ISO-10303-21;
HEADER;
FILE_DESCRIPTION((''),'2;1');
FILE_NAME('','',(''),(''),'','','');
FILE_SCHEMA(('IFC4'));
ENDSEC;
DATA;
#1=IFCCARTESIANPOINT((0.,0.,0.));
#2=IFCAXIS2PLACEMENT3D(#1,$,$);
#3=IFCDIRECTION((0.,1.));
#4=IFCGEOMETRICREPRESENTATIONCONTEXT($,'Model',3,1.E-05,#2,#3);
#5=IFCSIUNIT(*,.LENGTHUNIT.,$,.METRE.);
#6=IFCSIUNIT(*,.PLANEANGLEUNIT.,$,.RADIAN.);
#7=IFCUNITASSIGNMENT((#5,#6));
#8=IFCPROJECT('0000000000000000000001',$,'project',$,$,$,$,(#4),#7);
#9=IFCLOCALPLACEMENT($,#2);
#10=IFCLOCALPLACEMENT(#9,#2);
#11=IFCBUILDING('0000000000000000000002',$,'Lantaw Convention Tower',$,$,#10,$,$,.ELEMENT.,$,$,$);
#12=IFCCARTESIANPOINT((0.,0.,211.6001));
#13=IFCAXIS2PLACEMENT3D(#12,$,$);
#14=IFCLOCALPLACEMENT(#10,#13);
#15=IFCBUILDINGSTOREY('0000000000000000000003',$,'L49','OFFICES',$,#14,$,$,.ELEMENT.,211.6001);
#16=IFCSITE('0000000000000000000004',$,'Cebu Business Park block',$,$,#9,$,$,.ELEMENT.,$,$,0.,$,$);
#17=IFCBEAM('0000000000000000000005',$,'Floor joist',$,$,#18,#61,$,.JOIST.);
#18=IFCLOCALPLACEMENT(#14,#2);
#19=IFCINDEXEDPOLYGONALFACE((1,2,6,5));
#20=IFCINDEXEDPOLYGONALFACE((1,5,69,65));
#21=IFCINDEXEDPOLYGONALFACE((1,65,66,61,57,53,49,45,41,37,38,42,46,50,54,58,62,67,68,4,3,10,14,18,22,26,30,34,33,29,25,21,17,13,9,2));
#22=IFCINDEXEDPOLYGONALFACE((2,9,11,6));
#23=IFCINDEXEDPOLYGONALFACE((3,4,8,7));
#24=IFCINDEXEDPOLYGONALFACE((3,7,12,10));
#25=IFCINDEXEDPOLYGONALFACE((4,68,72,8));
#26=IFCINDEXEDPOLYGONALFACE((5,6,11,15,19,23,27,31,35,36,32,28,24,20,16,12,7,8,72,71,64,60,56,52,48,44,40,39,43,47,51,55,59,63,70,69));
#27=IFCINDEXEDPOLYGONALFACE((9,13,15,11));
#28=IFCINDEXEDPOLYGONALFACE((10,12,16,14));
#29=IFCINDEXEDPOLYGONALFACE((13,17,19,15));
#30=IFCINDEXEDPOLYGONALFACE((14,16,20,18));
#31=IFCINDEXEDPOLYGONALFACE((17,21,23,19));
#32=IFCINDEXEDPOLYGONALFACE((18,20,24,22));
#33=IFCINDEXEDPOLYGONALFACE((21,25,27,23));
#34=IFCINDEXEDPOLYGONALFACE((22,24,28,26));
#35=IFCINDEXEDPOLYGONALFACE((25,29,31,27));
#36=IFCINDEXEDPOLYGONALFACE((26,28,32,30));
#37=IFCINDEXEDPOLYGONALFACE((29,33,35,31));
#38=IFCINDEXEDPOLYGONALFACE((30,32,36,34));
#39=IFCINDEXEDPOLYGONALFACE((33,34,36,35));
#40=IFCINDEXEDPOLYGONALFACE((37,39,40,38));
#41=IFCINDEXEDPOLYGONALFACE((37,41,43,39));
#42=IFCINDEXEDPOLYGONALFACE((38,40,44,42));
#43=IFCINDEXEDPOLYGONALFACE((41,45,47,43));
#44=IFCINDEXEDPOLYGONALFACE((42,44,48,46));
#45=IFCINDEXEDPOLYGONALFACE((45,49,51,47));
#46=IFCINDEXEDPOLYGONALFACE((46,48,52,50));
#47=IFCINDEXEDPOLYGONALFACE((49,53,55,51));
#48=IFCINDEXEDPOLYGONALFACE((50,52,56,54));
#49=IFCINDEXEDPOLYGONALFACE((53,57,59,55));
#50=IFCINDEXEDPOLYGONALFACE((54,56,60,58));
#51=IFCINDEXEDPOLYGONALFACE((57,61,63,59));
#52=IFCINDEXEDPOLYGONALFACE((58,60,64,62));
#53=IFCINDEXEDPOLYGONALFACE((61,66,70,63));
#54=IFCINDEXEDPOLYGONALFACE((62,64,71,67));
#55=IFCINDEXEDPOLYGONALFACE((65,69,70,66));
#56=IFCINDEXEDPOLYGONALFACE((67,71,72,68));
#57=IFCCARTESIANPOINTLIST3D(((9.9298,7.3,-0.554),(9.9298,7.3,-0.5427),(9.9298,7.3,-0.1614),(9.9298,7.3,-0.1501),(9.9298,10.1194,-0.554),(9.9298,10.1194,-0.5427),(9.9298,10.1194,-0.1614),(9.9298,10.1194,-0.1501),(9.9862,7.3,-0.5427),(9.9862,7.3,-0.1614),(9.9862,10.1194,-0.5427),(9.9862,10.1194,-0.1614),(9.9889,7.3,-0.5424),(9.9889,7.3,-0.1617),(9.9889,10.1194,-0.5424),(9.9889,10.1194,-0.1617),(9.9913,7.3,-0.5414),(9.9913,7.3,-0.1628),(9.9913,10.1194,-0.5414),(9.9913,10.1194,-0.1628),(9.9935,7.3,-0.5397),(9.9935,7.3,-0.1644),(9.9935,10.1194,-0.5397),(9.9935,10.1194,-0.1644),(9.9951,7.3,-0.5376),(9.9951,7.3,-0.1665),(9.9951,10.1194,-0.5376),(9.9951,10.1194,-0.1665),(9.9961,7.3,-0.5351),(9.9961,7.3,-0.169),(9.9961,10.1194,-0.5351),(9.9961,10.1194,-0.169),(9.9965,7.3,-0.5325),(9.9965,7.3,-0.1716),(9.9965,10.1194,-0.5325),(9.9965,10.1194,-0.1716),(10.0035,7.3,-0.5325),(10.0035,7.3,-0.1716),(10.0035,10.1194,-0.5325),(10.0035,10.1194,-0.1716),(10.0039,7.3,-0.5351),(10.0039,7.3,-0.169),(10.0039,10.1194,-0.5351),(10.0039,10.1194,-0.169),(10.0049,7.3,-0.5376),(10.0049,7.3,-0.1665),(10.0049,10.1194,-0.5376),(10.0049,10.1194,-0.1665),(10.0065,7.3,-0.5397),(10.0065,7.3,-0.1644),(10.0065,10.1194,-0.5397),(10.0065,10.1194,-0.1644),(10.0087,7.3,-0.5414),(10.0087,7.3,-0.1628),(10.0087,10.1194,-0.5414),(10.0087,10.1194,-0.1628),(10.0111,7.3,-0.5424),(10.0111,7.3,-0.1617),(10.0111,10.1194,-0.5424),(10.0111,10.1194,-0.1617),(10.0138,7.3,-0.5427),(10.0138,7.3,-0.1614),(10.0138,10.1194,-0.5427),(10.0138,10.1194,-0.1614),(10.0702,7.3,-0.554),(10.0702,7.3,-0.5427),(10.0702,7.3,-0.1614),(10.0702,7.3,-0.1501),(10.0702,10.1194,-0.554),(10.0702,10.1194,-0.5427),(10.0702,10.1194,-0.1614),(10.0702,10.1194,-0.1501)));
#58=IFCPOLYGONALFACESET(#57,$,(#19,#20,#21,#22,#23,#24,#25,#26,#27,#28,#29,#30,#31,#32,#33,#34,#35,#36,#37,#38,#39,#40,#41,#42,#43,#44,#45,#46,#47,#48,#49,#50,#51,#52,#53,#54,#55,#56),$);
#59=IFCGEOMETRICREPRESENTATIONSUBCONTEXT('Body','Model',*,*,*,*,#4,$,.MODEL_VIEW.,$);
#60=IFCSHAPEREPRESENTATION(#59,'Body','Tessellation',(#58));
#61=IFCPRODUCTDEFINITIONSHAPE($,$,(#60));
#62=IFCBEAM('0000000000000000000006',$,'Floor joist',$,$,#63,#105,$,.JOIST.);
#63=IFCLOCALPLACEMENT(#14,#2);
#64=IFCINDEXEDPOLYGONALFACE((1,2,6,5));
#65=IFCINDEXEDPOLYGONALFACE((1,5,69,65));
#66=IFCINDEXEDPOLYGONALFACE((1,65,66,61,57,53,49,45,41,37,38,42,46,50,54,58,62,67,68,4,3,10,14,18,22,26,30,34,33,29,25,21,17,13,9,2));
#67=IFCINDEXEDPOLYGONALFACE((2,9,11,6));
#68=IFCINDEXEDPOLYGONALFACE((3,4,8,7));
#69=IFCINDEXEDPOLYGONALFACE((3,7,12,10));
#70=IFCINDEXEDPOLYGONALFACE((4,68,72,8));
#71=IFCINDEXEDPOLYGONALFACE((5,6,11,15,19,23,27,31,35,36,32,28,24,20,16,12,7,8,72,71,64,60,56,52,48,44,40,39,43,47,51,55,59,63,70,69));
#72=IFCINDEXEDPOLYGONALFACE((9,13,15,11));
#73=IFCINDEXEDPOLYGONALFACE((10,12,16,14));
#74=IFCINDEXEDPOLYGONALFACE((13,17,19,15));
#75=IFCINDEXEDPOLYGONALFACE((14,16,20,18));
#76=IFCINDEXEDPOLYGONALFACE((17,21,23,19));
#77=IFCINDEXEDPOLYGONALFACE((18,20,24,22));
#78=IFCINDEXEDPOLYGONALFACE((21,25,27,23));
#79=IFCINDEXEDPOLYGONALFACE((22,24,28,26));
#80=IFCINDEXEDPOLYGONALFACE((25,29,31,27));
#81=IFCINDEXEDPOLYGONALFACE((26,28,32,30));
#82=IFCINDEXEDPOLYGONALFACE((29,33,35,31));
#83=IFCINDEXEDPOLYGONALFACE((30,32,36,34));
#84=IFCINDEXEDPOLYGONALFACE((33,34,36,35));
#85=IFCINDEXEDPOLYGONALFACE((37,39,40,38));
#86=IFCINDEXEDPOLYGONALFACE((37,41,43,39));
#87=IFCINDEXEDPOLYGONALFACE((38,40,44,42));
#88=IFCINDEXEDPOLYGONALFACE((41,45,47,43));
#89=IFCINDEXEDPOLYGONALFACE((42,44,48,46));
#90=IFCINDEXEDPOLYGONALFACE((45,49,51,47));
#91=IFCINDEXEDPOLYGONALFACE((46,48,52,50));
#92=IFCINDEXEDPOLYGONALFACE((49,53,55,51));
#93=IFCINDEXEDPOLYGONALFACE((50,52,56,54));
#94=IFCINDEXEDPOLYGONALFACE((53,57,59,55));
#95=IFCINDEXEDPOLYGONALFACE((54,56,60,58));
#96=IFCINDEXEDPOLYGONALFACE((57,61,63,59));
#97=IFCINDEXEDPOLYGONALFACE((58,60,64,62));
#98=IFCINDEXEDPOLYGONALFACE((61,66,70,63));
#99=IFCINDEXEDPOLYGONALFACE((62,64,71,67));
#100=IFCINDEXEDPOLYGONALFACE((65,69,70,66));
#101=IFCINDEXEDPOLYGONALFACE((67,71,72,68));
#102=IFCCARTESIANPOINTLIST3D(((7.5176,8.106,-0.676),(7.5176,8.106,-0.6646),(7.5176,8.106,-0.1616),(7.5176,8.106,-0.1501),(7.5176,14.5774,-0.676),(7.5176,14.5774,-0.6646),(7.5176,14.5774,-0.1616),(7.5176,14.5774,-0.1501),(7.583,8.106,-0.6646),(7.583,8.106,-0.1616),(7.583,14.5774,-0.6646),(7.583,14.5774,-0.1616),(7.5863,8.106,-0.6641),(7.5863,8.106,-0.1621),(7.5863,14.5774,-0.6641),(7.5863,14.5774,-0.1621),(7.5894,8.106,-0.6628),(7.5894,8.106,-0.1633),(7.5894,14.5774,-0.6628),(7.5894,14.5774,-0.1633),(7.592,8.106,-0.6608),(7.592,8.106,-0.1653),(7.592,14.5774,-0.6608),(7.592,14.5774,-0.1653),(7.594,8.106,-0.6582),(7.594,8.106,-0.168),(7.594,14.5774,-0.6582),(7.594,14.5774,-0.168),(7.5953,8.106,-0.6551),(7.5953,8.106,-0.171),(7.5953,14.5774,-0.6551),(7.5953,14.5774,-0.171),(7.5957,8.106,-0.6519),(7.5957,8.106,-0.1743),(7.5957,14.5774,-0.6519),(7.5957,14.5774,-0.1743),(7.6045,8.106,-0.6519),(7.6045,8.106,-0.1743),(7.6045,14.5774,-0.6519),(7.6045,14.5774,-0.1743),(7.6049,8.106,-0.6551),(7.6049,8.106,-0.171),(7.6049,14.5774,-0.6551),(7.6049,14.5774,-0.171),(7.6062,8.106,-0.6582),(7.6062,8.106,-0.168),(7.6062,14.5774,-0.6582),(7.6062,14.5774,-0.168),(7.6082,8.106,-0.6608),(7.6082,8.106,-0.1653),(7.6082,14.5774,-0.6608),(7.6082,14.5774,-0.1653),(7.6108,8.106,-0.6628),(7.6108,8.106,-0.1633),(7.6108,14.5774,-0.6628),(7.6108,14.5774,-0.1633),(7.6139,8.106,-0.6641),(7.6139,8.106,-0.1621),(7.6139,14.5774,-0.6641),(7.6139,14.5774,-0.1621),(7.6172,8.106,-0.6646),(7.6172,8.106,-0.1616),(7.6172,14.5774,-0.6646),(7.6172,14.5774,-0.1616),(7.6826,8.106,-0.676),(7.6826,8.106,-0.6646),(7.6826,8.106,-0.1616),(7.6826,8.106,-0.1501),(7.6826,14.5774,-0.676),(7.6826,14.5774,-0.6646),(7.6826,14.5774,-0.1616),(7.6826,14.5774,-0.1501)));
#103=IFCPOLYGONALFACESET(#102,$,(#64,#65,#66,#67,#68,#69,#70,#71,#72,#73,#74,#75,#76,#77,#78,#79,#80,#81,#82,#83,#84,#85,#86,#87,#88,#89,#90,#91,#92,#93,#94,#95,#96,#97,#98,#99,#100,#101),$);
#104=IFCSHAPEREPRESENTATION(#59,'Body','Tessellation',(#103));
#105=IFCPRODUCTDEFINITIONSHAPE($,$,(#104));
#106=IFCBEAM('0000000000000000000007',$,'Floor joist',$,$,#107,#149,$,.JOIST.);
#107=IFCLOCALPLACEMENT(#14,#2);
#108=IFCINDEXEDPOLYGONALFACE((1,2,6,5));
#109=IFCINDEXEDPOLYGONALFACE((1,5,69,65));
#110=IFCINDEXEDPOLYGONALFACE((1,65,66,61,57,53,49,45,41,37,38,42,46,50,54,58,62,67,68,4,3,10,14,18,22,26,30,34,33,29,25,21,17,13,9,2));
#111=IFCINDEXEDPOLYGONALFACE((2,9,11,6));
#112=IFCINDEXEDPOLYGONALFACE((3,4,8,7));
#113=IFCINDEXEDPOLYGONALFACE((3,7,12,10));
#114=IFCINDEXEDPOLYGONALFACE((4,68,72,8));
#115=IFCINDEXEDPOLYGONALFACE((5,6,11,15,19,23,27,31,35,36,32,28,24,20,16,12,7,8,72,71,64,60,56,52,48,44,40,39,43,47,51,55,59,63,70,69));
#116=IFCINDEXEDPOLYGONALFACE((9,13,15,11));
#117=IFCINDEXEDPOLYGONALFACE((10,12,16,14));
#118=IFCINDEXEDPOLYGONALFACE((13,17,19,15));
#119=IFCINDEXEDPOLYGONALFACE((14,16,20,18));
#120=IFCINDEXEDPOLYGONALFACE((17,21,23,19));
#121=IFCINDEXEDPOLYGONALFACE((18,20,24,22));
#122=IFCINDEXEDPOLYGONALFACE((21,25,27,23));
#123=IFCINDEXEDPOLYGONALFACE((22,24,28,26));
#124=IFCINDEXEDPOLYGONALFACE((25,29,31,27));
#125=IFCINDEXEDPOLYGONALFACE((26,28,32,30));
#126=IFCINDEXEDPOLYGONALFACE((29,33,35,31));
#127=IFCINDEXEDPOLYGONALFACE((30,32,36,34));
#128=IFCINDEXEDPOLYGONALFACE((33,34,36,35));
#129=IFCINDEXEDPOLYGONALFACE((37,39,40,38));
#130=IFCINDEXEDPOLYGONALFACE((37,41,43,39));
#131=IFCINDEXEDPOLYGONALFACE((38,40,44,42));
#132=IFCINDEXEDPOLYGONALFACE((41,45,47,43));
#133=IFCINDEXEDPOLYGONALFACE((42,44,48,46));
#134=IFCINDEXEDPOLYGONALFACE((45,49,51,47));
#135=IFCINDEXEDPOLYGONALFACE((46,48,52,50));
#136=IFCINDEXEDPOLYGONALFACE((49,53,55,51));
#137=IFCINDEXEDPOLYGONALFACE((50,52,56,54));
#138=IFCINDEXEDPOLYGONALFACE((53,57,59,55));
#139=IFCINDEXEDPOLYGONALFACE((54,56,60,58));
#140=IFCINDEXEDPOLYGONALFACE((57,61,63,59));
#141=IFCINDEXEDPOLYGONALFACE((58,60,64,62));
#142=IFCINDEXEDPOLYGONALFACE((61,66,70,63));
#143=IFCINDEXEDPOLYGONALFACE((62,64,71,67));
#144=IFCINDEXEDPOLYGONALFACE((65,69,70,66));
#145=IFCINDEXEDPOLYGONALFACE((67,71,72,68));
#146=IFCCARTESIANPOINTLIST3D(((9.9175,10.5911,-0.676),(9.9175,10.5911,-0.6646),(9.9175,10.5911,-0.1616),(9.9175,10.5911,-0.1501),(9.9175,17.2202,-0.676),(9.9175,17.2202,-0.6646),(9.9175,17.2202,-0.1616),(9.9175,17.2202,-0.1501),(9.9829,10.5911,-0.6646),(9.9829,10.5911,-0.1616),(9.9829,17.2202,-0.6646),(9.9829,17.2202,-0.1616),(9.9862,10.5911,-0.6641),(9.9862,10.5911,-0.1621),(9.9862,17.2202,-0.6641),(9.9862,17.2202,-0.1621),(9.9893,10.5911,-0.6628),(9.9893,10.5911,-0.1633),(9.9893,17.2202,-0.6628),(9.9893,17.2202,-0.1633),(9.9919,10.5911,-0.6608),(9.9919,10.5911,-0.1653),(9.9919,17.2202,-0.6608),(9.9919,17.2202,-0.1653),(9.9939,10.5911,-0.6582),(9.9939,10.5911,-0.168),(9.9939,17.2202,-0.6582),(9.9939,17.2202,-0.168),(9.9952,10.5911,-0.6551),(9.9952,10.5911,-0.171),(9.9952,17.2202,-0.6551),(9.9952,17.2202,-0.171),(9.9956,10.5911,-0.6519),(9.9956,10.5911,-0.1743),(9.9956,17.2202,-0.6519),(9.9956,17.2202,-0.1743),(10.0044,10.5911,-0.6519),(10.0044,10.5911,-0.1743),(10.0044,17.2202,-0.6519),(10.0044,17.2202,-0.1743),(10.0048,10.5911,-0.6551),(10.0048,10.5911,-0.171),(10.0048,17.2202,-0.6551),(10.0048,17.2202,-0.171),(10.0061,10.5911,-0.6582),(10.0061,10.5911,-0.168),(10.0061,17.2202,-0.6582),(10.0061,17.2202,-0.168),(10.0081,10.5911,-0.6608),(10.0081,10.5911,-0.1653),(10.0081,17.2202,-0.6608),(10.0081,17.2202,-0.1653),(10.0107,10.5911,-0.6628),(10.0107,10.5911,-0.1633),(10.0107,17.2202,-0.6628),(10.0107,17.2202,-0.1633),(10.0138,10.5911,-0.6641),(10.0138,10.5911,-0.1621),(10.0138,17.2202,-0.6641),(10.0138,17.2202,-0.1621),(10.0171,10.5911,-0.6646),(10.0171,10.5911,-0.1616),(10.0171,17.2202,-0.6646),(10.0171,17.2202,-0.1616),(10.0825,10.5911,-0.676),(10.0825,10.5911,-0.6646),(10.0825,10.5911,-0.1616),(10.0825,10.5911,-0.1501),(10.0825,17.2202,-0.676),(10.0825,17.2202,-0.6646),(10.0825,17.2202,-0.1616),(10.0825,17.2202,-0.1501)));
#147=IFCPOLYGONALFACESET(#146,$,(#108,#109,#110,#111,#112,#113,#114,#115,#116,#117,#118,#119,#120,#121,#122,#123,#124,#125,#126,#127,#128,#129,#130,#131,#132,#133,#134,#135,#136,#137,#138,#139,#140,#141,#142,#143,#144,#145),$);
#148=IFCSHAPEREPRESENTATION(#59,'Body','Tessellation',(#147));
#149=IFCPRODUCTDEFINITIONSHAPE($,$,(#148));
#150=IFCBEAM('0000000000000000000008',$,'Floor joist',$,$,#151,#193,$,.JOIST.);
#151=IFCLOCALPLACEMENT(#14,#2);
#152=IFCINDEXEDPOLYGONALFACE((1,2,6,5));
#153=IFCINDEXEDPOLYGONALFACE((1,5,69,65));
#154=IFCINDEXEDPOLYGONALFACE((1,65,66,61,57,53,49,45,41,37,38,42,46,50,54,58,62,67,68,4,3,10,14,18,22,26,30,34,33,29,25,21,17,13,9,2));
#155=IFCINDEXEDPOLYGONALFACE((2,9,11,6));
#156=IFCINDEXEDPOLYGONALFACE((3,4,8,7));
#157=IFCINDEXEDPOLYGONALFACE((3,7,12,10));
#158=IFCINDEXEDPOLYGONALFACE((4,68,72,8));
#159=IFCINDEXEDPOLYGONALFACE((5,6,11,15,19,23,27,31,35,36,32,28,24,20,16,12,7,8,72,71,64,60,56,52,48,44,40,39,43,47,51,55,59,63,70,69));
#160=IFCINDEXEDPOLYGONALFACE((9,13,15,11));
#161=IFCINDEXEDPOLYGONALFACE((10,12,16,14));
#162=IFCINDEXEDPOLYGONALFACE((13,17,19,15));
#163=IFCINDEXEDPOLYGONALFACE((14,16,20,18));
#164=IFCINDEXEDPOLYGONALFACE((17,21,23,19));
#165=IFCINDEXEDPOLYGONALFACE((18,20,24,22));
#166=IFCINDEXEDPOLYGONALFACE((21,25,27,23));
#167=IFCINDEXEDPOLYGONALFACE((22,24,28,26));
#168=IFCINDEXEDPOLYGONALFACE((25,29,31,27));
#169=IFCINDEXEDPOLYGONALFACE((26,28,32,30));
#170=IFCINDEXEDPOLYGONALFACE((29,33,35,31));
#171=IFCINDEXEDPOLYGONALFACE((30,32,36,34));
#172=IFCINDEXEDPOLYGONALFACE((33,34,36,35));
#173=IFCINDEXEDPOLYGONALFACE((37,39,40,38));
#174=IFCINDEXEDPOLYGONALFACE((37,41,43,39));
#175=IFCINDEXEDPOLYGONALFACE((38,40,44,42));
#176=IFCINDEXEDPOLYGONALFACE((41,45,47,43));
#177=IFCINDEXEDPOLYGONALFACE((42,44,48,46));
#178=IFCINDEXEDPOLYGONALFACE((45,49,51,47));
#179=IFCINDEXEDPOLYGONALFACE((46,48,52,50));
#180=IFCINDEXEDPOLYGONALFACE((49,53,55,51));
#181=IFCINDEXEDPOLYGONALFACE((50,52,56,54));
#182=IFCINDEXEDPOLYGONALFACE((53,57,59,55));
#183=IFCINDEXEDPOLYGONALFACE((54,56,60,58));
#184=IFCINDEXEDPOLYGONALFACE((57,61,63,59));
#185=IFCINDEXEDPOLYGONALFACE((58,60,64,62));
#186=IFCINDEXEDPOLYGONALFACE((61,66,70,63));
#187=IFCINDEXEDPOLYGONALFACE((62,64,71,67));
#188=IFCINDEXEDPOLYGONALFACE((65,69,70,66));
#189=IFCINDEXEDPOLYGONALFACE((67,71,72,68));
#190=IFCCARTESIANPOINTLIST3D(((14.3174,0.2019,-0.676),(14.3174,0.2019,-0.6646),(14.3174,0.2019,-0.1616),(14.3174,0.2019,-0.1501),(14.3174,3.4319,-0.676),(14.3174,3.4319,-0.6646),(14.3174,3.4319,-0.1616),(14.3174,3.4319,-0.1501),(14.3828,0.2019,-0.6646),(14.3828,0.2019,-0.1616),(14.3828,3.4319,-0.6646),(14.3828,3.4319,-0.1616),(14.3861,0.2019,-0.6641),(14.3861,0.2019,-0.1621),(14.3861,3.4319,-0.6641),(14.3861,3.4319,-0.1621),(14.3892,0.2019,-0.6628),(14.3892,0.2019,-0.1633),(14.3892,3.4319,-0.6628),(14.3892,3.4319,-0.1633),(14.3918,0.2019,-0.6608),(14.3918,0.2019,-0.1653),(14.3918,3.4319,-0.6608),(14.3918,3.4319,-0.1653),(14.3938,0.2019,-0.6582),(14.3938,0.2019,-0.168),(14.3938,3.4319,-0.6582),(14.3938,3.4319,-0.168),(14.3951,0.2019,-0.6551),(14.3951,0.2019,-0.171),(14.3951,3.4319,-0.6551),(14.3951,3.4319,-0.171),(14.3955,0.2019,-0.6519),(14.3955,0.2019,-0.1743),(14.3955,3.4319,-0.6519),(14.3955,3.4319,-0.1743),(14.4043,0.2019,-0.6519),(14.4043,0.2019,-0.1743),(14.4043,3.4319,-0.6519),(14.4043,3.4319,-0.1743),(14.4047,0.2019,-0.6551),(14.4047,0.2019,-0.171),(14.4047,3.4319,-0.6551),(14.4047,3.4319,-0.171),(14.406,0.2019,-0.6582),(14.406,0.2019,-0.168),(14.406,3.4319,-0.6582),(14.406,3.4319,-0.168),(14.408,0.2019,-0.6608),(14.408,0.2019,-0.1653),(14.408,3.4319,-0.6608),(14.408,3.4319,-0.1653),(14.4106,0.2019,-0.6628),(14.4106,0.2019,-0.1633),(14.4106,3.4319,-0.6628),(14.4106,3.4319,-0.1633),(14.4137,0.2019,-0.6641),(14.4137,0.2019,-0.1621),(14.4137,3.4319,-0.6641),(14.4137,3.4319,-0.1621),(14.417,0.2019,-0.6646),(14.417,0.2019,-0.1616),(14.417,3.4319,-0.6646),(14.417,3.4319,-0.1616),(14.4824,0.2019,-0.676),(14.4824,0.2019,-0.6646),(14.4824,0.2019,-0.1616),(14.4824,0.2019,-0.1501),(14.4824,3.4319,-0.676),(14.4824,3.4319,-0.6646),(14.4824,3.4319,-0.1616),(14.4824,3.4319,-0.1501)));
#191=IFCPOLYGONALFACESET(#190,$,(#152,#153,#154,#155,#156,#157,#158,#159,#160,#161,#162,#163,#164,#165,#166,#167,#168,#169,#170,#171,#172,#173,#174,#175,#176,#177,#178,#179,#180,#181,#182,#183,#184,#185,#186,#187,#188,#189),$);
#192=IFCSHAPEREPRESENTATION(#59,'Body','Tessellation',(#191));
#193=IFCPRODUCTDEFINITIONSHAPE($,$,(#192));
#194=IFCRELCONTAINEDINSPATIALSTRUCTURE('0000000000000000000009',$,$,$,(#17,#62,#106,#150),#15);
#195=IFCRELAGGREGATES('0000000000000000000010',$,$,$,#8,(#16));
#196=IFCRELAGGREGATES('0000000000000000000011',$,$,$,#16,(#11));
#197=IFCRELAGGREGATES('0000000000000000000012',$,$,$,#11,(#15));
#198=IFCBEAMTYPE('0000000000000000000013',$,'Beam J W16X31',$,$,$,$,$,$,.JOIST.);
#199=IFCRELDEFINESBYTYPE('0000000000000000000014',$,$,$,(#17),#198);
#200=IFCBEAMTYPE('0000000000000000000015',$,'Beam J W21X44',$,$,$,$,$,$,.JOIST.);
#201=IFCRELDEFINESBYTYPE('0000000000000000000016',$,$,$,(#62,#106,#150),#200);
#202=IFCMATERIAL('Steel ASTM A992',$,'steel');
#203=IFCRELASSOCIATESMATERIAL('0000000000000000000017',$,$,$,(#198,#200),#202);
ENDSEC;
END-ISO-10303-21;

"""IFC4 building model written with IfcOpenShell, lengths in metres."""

from ifc_helpers import new_model, si_unit, direction, frame, origin, origin_2d, place, context, subcontext, project, spatial, i_section, extrude, material, material_profile, profile_set, type_object, element, save


model = new_model("IFC4")

# Units and contexts
model_context = context("Model", 3, precision=1e-05, world=origin(), true_north=direction((0.0, 1.0)))
body_context = subcontext(model_context, "Body", "Model", "MODEL_VIEW")
ifc_project = project(units=[si_unit("LENGTHUNIT", "METRE"), si_unit("PLANEANGLEUNIT", "RADIAN")], contexts=[model_context])

# Site, building, storey
site_placement = place(None, origin())
site = spatial("IfcSite", under=ifc_project, at=site_placement, Name="Cebu Business Park block", CompositionType="ELEMENT", RefElevation=0.0)
building_placement = place(site_placement, origin())
building = spatial("IfcBuilding", under=site, at=building_placement, Name="Lantaw Convention Tower", CompositionType="ELEMENT")
storey_placement = place(building_placement, frame((0.0, 0.0, 211.6001)))
storey = spatial("IfcBuildingStorey", under=building, at=storey_placement, Name="L49", Description="OFFICES", CompositionType="ELEMENT", Elevation=211.6001)

# Beams
ifc_material_1 = material(Name="Steel ASTM A992", Category="steel")
ifc_material_profile_1 = material_profile(ifc_material_1, i_section(OverallWidth=0.1404, OverallDepth=0.4038, WebThickness=0.0071, FlangeThickness=0.0112, FilletRadius=0.0103, at=origin_2d()), Name="W16X31")
ifc_profile_set_1 = profile_set([ifc_material_profile_1], Name="Steel ASTM A992")
beam_type_1 = type_object("IfcBeamType", Name="Beam J W16X31", PredefinedType="JOIST", material=ifc_profile_set_1)
beam_1_placement = place(storey_placement, frame((10.0, 7.3, -0.3521), z_axis=(0.0, 1.0, 0.0), x_axis=(-1.0, 0.0, 0.0)))
element("IfcBeam", 1, at=beam_1_placement, inside=storey, type_object=beam_type_1, Name="Floor joist", PredefinedType="JOIST", context=body_context, shape_type="SweptSolid", body=[
    extrude(i_section(OverallWidth=0.1404, OverallDepth=0.4038, WebThickness=0.0071, FlangeThickness=0.0112, FilletRadius=0.0103, at=origin_2d()), origin(), (0.0, 0.0, 1.0), 2.8193),
])
ifc_material_profile_2 = material_profile(ifc_material_1, i_section(OverallWidth=0.165, OverallDepth=0.5259, WebThickness=0.0088, FlangeThickness=0.0115, FilletRadius=0.0127, at=origin_2d()), Name="W21X44")
ifc_profile_set_2 = profile_set([ifc_material_profile_2], Name="Steel ASTM A992")
beam_type_2 = type_object("IfcBeamType", Name="Beam J W21X44", PredefinedType="JOIST", material=ifc_profile_set_2)
beam_2_placement = place(storey_placement, frame((7.6001, 8.106, -0.4131), z_axis=(0.0, 1.0, 0.0), x_axis=(-1.0, 0.0, 0.0)))
element("IfcBeam", 2, at=beam_2_placement, inside=storey, type_object=beam_type_2, Name="Floor joist", PredefinedType="JOIST", context=body_context, shape_type="SweptSolid", body=[
    extrude(i_section(OverallWidth=0.165, OverallDepth=0.5259, WebThickness=0.0088, FlangeThickness=0.0115, FilletRadius=0.0127, at=origin_2d()), origin(), (0.0, 0.0, 1.0), 6.4714),
])
beam_3_placement = place(storey_placement, frame((10.0, 10.5911, -0.4131), z_axis=(0.0, 1.0, 0.0), x_axis=(-1.0, 0.0, 0.0)))
element("IfcBeam", 3, at=beam_3_placement, inside=storey, type_object=beam_type_2, Name="Floor joist", PredefinedType="JOIST", context=body_context, shape_type="SweptSolid", body=[
    extrude(i_section(OverallWidth=0.165, OverallDepth=0.5259, WebThickness=0.0088, FlangeThickness=0.0115, FilletRadius=0.0127, at=origin_2d()), origin(), (0.0, 0.0, 1.0), 6.6292),
])
beam_4_placement = place(storey_placement, frame((14.3999, 0.2019, -0.4131), z_axis=(0.0, 1.0, 0.0), x_axis=(-1.0, 0.0, 0.0)))
element("IfcBeam", 4, at=beam_4_placement, inside=storey, type_object=beam_type_2, Name="Floor joist", PredefinedType="JOIST", context=body_context, shape_type="SweptSolid", body=[
    extrude(i_section(OverallWidth=0.165, OverallDepth=0.5259, WebThickness=0.0088, FlangeThickness=0.0115, FilletRadius=0.0127, at=origin_2d()), origin(), (0.0, 0.0, 1.0), 3.23),
])

save(model, "model.ifc")
